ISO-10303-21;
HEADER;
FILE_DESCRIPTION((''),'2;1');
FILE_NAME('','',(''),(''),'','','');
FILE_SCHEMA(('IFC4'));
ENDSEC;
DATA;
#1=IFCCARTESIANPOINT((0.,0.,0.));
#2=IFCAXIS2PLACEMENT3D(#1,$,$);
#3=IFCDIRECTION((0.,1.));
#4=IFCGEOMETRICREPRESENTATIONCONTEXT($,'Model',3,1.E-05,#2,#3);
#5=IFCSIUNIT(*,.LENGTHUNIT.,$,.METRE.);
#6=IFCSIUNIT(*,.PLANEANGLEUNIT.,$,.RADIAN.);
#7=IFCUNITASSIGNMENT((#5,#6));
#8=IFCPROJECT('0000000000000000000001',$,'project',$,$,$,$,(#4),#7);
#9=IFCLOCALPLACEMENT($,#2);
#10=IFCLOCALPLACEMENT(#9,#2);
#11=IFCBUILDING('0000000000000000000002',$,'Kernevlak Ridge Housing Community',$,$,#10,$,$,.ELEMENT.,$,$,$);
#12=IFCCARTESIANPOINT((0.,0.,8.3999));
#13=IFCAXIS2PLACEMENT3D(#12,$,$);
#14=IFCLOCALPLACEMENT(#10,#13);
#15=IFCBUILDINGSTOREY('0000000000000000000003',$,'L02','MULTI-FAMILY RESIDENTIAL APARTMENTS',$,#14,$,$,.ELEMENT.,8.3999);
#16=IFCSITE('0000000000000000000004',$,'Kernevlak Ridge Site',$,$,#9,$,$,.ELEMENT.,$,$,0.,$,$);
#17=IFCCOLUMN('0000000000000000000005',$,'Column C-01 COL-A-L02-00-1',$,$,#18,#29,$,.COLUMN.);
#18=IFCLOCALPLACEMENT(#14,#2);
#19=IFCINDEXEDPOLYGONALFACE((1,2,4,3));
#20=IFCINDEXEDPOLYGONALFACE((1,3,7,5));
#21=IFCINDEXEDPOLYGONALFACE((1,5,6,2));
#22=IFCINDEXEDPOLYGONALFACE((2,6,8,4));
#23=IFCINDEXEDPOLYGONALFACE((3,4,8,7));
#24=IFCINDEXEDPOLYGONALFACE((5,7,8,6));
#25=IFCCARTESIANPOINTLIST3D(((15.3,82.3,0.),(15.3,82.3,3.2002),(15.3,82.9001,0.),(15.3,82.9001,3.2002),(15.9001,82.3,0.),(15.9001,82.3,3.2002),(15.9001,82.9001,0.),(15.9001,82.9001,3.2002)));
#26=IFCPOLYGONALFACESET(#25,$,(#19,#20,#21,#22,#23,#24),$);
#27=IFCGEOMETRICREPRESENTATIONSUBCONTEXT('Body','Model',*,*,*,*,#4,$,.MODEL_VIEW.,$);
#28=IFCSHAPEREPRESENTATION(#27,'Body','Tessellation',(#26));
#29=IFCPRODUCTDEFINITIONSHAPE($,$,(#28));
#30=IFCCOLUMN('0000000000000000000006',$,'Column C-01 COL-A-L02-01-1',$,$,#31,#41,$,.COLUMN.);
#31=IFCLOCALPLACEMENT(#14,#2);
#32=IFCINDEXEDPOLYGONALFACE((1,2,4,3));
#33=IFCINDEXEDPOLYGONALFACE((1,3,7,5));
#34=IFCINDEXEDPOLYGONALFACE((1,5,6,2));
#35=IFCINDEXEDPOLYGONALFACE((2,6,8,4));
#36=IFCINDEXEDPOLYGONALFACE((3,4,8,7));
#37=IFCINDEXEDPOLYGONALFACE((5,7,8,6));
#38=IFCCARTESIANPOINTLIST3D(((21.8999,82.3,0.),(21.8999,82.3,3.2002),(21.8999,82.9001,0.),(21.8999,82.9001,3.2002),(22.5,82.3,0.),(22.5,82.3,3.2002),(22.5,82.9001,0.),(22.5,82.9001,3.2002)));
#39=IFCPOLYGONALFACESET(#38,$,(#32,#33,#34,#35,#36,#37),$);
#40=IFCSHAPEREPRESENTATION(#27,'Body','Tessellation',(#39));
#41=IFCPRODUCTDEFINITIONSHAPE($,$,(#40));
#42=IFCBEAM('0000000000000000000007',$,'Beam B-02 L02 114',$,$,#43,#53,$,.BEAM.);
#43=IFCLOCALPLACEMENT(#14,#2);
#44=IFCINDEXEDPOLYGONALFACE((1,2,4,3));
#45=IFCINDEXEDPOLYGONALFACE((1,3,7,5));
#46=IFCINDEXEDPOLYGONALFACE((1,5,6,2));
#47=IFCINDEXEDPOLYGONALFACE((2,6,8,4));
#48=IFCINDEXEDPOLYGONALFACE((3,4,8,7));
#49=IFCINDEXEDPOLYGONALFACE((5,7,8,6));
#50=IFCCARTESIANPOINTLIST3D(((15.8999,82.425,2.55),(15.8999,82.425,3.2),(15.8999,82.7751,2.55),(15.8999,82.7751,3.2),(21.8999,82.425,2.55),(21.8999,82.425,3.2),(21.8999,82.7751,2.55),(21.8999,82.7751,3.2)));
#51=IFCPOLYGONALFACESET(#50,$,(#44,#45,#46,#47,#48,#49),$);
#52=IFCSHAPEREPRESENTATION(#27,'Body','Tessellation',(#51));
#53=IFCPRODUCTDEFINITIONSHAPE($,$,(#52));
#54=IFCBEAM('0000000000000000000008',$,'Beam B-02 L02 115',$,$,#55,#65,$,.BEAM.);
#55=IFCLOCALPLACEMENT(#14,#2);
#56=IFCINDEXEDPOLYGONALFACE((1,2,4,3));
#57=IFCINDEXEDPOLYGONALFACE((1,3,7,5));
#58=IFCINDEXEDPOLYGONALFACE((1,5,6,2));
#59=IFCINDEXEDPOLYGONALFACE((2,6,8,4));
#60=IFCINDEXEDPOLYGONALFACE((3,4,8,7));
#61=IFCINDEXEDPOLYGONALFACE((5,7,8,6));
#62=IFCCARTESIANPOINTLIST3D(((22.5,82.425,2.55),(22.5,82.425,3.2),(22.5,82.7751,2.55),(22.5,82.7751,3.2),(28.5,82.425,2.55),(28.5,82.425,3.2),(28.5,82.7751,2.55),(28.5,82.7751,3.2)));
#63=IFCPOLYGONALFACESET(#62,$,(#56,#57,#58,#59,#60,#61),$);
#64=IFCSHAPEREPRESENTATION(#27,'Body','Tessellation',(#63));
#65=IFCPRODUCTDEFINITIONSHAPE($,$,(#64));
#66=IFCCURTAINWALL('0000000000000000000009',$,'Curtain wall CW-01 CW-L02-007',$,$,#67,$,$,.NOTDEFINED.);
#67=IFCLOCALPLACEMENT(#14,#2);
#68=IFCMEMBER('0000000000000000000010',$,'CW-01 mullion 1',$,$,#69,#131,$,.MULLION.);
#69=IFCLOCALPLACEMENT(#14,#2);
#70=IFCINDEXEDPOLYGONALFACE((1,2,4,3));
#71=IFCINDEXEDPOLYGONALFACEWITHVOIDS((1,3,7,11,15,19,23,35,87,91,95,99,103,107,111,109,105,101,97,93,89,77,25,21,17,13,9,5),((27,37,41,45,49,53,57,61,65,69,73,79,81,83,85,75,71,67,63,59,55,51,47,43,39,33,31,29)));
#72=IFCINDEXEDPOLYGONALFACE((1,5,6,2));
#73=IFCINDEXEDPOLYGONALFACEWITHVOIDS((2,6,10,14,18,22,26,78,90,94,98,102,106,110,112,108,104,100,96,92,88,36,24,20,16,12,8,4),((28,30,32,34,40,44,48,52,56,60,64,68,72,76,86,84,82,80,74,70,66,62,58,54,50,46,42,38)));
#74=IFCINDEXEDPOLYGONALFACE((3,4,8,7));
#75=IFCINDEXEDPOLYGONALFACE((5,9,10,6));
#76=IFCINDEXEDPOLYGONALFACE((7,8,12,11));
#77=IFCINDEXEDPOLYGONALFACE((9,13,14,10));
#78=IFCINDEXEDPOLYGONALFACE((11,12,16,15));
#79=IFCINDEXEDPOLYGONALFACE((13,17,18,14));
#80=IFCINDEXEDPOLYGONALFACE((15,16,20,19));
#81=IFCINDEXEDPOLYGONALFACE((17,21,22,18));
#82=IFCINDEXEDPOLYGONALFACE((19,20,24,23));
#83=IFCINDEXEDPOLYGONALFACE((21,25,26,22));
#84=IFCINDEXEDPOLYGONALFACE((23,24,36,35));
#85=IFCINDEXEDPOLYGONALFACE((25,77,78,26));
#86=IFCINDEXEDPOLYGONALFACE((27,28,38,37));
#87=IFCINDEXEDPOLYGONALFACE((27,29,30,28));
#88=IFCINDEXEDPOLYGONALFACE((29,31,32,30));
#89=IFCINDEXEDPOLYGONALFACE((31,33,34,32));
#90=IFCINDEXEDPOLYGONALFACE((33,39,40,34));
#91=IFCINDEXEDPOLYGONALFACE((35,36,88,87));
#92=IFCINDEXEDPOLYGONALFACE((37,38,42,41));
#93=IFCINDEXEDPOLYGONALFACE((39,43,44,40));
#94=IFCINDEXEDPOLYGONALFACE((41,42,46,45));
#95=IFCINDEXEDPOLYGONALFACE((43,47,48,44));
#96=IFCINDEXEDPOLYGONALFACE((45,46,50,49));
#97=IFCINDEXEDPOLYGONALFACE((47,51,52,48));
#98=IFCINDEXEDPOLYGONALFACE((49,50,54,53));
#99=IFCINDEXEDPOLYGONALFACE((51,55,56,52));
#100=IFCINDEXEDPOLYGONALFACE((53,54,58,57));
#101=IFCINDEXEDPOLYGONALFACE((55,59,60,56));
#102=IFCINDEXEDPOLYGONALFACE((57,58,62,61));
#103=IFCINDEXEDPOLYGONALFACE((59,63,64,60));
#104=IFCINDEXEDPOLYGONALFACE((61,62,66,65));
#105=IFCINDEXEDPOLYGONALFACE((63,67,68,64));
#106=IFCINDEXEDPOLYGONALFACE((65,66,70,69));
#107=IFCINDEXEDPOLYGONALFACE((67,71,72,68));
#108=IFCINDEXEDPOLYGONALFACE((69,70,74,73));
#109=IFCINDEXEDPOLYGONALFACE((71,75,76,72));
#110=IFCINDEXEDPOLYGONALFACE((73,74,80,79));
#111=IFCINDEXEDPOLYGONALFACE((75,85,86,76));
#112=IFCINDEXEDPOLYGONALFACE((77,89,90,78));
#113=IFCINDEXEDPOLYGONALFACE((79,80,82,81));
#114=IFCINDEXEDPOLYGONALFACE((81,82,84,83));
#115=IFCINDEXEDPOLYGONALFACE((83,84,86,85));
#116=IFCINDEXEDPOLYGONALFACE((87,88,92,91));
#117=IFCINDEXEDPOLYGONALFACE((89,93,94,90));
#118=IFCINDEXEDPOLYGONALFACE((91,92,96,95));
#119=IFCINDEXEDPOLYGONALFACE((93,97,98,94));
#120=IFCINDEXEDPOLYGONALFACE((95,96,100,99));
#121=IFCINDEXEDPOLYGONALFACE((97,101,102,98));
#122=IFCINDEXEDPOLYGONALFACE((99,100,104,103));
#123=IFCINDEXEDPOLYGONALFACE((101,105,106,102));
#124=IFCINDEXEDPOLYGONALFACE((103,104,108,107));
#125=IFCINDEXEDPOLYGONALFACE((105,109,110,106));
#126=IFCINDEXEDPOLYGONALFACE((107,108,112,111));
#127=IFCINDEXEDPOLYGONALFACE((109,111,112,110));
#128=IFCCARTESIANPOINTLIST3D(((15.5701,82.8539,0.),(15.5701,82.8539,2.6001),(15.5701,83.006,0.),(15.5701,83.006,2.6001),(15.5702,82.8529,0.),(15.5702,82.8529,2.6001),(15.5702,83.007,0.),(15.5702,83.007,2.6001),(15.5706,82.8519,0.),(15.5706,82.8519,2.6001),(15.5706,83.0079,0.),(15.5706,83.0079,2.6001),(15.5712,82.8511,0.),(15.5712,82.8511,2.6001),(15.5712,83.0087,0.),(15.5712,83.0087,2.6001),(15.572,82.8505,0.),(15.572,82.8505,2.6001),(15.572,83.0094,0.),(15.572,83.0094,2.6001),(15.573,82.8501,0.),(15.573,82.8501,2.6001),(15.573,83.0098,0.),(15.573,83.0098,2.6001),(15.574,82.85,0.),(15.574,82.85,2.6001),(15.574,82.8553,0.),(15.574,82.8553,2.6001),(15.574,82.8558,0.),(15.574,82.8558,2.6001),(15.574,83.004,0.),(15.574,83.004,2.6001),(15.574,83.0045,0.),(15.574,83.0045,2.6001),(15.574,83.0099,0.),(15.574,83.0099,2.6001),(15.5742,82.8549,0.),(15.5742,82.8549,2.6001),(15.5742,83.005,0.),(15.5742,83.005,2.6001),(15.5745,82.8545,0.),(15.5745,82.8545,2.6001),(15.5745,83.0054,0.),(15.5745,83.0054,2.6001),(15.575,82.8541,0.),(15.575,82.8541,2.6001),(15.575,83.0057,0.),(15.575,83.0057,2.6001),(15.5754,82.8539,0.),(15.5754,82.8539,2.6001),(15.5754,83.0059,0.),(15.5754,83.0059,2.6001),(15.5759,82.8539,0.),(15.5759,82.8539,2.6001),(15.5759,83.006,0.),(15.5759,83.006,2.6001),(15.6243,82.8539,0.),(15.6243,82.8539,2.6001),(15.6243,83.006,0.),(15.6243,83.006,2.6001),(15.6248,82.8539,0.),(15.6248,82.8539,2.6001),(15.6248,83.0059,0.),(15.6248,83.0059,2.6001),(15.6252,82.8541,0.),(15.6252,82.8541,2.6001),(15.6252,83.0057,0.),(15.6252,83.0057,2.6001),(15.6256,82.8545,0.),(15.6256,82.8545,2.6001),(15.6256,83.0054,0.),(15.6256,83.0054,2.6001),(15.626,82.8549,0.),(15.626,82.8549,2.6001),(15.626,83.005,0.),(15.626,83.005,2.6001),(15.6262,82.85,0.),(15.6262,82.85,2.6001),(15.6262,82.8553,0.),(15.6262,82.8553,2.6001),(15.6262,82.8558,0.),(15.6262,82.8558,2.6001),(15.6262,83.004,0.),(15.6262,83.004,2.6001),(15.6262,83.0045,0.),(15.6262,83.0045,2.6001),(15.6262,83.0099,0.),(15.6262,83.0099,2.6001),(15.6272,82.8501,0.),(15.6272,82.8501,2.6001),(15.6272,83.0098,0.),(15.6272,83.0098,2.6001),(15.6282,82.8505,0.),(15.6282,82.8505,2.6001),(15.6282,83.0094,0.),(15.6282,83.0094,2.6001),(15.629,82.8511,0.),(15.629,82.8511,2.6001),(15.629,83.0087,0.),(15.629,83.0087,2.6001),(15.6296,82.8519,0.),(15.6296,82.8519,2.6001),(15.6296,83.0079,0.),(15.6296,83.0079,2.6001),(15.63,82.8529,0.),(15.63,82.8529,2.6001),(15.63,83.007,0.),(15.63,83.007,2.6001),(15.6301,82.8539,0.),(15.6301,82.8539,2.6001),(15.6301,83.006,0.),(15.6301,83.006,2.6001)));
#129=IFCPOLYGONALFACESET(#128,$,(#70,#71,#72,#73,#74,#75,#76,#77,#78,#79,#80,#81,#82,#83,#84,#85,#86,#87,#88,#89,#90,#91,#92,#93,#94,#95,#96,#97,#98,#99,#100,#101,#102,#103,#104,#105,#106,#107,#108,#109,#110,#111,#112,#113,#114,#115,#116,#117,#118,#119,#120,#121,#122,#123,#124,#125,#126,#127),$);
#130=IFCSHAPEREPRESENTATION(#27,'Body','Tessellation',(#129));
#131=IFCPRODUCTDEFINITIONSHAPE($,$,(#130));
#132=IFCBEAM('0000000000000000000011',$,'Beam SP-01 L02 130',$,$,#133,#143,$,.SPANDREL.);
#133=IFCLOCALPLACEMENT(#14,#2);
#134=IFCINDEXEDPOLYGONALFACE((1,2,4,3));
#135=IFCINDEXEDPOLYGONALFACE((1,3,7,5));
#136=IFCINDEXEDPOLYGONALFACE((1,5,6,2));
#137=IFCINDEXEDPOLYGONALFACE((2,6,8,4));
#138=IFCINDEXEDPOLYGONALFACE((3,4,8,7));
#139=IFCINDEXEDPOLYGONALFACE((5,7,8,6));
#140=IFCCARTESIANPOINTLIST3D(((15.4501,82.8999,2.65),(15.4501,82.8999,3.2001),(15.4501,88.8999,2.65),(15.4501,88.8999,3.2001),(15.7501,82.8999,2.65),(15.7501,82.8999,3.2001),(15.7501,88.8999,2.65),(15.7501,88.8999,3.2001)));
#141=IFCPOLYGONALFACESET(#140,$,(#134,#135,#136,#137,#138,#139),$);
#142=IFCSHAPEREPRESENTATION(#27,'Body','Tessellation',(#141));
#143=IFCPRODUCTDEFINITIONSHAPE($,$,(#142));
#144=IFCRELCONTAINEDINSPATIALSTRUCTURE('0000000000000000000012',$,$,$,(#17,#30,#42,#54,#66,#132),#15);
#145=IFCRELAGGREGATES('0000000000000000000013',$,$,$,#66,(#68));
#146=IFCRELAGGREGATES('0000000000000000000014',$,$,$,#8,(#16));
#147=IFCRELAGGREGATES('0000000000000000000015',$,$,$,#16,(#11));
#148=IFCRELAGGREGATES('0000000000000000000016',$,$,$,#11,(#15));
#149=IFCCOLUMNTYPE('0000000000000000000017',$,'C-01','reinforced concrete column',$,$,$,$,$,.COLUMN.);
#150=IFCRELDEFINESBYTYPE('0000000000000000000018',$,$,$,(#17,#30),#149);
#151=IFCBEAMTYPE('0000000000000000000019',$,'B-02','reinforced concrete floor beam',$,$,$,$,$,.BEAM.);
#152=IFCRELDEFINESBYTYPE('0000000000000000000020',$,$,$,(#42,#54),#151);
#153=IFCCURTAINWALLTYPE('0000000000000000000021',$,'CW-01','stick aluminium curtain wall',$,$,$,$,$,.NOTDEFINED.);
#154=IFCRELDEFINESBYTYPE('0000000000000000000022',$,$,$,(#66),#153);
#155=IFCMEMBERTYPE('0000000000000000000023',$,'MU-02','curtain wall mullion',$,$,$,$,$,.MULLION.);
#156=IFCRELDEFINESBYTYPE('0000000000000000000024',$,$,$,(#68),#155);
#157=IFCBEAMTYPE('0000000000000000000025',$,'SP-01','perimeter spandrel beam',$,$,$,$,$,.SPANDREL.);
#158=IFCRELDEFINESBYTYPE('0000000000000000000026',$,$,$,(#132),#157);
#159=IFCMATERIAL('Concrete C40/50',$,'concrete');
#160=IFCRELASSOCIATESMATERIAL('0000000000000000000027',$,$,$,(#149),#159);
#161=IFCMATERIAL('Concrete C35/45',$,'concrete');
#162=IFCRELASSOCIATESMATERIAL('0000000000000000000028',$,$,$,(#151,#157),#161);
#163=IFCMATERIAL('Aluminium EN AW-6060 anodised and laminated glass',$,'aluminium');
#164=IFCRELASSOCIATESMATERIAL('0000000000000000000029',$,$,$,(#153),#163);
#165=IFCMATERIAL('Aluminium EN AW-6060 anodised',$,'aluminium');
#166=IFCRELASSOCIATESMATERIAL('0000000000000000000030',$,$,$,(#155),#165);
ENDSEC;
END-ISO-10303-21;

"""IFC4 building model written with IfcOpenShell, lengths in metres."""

from ifc_helpers import new_model, si_unit, direction, frame, origin, origin_2d, place, context, subcontext, project, spatial, rectangle, hollow_rectangle, extrude, material, material_profile, profile_set, type_object, element, aggregate, save


model = new_model("IFC4")

# Units and contexts
model_context = context("Model", 3, precision=1e-05, world=origin(), true_north=direction((0.0, 1.0)))
body_context = subcontext(model_context, "Body", "Model", "MODEL_VIEW")
ifc_project = project(units=[si_unit("LENGTHUNIT", "METRE"), si_unit("PLANEANGLEUNIT", "RADIAN")], contexts=[model_context])

# Site, building, storey
site_placement = place(None, origin())
site = spatial("IfcSite", under=ifc_project, at=site_placement, Name="Kernevlak Ridge Site", CompositionType="ELEMENT", RefElevation=0.0)
building_placement = place(site_placement, origin())
building = spatial("IfcBuilding", under=site, at=building_placement, Name="Kernevlak Ridge Housing Community", CompositionType="ELEMENT")
storey_placement = place(building_placement, frame((0.0, 0.0, 8.3999)))
storey = spatial("IfcBuildingStorey", under=building, at=storey_placement, Name="L02", Description="MULTI-FAMILY RESIDENTIAL APARTMENTS", CompositionType="ELEMENT", Elevation=8.3999)

# Columns
ifc_material_1 = material(Name="Concrete C40/50", Category="concrete")
ifc_material_profile_1 = material_profile(ifc_material_1, rectangle(XDim=0.6001, YDim=0.6001, at=origin_2d()), Name="RC 600x600")
ifc_profile_set_1 = profile_set([ifc_material_profile_1], Name="Concrete C40/50")
column_type = type_object("IfcColumnType", Name="C-01", Description="reinforced concrete column", PredefinedType="COLUMN", material=ifc_profile_set_1)
for number, where, z_axis, x_axis, name in (
    (1, (15.6001, 82.6001, 0.0), (0.0, 0.0, 1.0), (1.0, 0.0, 0.0), "Column C-01 COL-A-L02-00-1"),
    (2, (22.2, 82.6001, 0.0), (0.0, 0.0, 1.0), (1.0, 0.0, 0.0), "Column C-01 COL-A-L02-01-1"),
):
    element("IfcColumn", number, at=place(storey_placement, frame(where, z_axis=z_axis, x_axis=x_axis)), inside=storey, type_object=column_type, Name=name, PredefinedType="COLUMN", context=body_context, shape_type="SweptSolid", body=[
        extrude(rectangle(XDim=0.6001, YDim=0.6001, at=origin_2d()), origin(), (0.0, 0.0, 1.0), 3.2002),
    ])

# Beams
ifc_material_2 = material(Name="Concrete C35/45", Category="concrete")
ifc_material_profile_2 = material_profile(ifc_material_2, rectangle(XDim=0.3501, YDim=0.6499, at=origin_2d()), Name="RC 350x650")
ifc_profile_set_2 = profile_set([ifc_material_profile_2], Name="Concrete C35/45")
beam_type_1 = type_object("IfcBeamType", Name="B-02", Description="reinforced concrete floor beam", PredefinedType="BEAM", material=ifc_profile_set_2)
for number, where, z_axis, x_axis, name in (
    (3, (15.8999, 82.6001, 2.875), (1.0, 0.0, 0.0), (0.0, 1.0, 0.0), "Beam B-02 L02 114"),
    (4, (22.5, 82.6001, 2.875), (1.0, 0.0, 0.0), (0.0, 1.0, 0.0), "Beam B-02 L02 115"),
):
    element("IfcBeam", number, at=place(storey_placement, frame(where, z_axis=z_axis, x_axis=x_axis)), inside=storey, type_object=beam_type_1, Name=name, PredefinedType="BEAM", context=body_context, shape_type="SweptSolid", body=[
        extrude(rectangle(XDim=0.3501, YDim=0.6499, at=origin_2d()), origin(), (0.0, 0.0, 1.0), 6.0),
    ])

# Curtain wall, member
ifc_material_3 = material(Name="Aluminium EN AW-6060 anodised and laminated glass", Category="aluminium")
curtain_wall_type = type_object("IfcCurtainWallType", Name="CW-01", Description="stick aluminium curtain wall", PredefinedType="NOTDEFINED", material=ifc_material_3)
curtain_wall_placement = place(storey_placement, origin())
curtain_wall = element("IfcCurtainWall", 5, at=curtain_wall_placement, inside=storey, type_object=curtain_wall_type, Name="Curtain wall CW-01 CW-L02-007", PredefinedType="NOTDEFINED")
ifc_material_4 = material(Name="Aluminium EN AW-6060 anodised", Category="aluminium")
ifc_material_profile_3 = material_profile(ifc_material_4, hollow_rectangle(XDim=0.0601, YDim=0.1599, WallThickness=0.0039, InnerFilletRadius=0.002, OuterFilletRadius=0.0039, at=origin_2d()), Name="ALU 60x160x4")
ifc_profile_set_3 = profile_set([ifc_material_profile_3], Name="Aluminium EN AW-6060 anodised")
member_type_1 = type_object("IfcMemberType", Name="MU-02", Description="curtain wall mullion", PredefinedType="MULLION", material=ifc_profile_set_3)
member_1_placement = place(storey_placement, frame((15.6001, 82.9299, 0.0), z_axis=(0.0, 0.0, 1.0), x_axis=(-1.0, 0.0, 0.0)))
member_1 = element("IfcMember", 6, at=member_1_placement, type_object=member_type_1, Name="CW-01 mullion 1", PredefinedType="MULLION", context=body_context, shape_type="SweptSolid", body=[
    extrude(hollow_rectangle(XDim=0.0601, YDim=0.1599, WallThickness=0.0039, InnerFilletRadius=0.002, OuterFilletRadius=0.0039, at=origin_2d()), origin(), (0.0, 0.0, 1.0), 2.6001),
])

# Beam
ifc_material_profile_4 = material_profile(ifc_material_2, rectangle(XDim=0.3, YDim=0.55, at=origin_2d()), Name="RC 300x550")
ifc_profile_set_4 = profile_set([ifc_material_profile_4], Name="Concrete C35/45")
beam_type_2 = type_object("IfcBeamType", Name="SP-01", Description="perimeter spandrel beam", PredefinedType="SPANDREL", material=ifc_profile_set_4)
beam_placement = place(storey_placement, frame((15.6001, 82.8999, 2.925), z_axis=(0.0, 1.0, 0.0), x_axis=(-1.0, 0.0, 0.0)))
element("IfcBeam", 7, at=beam_placement, inside=storey, type_object=beam_type_2, Name="Beam SP-01 L02 130", PredefinedType="SPANDREL", context=body_context, shape_type="SweptSolid", body=[
    extrude(rectangle(XDim=0.3, YDim=0.55, at=origin_2d()), origin(), (0.0, 0.0, 1.0), 6.0),
])

aggregate(curtain_wall, [member_1])

save(model, "model.ifc")
